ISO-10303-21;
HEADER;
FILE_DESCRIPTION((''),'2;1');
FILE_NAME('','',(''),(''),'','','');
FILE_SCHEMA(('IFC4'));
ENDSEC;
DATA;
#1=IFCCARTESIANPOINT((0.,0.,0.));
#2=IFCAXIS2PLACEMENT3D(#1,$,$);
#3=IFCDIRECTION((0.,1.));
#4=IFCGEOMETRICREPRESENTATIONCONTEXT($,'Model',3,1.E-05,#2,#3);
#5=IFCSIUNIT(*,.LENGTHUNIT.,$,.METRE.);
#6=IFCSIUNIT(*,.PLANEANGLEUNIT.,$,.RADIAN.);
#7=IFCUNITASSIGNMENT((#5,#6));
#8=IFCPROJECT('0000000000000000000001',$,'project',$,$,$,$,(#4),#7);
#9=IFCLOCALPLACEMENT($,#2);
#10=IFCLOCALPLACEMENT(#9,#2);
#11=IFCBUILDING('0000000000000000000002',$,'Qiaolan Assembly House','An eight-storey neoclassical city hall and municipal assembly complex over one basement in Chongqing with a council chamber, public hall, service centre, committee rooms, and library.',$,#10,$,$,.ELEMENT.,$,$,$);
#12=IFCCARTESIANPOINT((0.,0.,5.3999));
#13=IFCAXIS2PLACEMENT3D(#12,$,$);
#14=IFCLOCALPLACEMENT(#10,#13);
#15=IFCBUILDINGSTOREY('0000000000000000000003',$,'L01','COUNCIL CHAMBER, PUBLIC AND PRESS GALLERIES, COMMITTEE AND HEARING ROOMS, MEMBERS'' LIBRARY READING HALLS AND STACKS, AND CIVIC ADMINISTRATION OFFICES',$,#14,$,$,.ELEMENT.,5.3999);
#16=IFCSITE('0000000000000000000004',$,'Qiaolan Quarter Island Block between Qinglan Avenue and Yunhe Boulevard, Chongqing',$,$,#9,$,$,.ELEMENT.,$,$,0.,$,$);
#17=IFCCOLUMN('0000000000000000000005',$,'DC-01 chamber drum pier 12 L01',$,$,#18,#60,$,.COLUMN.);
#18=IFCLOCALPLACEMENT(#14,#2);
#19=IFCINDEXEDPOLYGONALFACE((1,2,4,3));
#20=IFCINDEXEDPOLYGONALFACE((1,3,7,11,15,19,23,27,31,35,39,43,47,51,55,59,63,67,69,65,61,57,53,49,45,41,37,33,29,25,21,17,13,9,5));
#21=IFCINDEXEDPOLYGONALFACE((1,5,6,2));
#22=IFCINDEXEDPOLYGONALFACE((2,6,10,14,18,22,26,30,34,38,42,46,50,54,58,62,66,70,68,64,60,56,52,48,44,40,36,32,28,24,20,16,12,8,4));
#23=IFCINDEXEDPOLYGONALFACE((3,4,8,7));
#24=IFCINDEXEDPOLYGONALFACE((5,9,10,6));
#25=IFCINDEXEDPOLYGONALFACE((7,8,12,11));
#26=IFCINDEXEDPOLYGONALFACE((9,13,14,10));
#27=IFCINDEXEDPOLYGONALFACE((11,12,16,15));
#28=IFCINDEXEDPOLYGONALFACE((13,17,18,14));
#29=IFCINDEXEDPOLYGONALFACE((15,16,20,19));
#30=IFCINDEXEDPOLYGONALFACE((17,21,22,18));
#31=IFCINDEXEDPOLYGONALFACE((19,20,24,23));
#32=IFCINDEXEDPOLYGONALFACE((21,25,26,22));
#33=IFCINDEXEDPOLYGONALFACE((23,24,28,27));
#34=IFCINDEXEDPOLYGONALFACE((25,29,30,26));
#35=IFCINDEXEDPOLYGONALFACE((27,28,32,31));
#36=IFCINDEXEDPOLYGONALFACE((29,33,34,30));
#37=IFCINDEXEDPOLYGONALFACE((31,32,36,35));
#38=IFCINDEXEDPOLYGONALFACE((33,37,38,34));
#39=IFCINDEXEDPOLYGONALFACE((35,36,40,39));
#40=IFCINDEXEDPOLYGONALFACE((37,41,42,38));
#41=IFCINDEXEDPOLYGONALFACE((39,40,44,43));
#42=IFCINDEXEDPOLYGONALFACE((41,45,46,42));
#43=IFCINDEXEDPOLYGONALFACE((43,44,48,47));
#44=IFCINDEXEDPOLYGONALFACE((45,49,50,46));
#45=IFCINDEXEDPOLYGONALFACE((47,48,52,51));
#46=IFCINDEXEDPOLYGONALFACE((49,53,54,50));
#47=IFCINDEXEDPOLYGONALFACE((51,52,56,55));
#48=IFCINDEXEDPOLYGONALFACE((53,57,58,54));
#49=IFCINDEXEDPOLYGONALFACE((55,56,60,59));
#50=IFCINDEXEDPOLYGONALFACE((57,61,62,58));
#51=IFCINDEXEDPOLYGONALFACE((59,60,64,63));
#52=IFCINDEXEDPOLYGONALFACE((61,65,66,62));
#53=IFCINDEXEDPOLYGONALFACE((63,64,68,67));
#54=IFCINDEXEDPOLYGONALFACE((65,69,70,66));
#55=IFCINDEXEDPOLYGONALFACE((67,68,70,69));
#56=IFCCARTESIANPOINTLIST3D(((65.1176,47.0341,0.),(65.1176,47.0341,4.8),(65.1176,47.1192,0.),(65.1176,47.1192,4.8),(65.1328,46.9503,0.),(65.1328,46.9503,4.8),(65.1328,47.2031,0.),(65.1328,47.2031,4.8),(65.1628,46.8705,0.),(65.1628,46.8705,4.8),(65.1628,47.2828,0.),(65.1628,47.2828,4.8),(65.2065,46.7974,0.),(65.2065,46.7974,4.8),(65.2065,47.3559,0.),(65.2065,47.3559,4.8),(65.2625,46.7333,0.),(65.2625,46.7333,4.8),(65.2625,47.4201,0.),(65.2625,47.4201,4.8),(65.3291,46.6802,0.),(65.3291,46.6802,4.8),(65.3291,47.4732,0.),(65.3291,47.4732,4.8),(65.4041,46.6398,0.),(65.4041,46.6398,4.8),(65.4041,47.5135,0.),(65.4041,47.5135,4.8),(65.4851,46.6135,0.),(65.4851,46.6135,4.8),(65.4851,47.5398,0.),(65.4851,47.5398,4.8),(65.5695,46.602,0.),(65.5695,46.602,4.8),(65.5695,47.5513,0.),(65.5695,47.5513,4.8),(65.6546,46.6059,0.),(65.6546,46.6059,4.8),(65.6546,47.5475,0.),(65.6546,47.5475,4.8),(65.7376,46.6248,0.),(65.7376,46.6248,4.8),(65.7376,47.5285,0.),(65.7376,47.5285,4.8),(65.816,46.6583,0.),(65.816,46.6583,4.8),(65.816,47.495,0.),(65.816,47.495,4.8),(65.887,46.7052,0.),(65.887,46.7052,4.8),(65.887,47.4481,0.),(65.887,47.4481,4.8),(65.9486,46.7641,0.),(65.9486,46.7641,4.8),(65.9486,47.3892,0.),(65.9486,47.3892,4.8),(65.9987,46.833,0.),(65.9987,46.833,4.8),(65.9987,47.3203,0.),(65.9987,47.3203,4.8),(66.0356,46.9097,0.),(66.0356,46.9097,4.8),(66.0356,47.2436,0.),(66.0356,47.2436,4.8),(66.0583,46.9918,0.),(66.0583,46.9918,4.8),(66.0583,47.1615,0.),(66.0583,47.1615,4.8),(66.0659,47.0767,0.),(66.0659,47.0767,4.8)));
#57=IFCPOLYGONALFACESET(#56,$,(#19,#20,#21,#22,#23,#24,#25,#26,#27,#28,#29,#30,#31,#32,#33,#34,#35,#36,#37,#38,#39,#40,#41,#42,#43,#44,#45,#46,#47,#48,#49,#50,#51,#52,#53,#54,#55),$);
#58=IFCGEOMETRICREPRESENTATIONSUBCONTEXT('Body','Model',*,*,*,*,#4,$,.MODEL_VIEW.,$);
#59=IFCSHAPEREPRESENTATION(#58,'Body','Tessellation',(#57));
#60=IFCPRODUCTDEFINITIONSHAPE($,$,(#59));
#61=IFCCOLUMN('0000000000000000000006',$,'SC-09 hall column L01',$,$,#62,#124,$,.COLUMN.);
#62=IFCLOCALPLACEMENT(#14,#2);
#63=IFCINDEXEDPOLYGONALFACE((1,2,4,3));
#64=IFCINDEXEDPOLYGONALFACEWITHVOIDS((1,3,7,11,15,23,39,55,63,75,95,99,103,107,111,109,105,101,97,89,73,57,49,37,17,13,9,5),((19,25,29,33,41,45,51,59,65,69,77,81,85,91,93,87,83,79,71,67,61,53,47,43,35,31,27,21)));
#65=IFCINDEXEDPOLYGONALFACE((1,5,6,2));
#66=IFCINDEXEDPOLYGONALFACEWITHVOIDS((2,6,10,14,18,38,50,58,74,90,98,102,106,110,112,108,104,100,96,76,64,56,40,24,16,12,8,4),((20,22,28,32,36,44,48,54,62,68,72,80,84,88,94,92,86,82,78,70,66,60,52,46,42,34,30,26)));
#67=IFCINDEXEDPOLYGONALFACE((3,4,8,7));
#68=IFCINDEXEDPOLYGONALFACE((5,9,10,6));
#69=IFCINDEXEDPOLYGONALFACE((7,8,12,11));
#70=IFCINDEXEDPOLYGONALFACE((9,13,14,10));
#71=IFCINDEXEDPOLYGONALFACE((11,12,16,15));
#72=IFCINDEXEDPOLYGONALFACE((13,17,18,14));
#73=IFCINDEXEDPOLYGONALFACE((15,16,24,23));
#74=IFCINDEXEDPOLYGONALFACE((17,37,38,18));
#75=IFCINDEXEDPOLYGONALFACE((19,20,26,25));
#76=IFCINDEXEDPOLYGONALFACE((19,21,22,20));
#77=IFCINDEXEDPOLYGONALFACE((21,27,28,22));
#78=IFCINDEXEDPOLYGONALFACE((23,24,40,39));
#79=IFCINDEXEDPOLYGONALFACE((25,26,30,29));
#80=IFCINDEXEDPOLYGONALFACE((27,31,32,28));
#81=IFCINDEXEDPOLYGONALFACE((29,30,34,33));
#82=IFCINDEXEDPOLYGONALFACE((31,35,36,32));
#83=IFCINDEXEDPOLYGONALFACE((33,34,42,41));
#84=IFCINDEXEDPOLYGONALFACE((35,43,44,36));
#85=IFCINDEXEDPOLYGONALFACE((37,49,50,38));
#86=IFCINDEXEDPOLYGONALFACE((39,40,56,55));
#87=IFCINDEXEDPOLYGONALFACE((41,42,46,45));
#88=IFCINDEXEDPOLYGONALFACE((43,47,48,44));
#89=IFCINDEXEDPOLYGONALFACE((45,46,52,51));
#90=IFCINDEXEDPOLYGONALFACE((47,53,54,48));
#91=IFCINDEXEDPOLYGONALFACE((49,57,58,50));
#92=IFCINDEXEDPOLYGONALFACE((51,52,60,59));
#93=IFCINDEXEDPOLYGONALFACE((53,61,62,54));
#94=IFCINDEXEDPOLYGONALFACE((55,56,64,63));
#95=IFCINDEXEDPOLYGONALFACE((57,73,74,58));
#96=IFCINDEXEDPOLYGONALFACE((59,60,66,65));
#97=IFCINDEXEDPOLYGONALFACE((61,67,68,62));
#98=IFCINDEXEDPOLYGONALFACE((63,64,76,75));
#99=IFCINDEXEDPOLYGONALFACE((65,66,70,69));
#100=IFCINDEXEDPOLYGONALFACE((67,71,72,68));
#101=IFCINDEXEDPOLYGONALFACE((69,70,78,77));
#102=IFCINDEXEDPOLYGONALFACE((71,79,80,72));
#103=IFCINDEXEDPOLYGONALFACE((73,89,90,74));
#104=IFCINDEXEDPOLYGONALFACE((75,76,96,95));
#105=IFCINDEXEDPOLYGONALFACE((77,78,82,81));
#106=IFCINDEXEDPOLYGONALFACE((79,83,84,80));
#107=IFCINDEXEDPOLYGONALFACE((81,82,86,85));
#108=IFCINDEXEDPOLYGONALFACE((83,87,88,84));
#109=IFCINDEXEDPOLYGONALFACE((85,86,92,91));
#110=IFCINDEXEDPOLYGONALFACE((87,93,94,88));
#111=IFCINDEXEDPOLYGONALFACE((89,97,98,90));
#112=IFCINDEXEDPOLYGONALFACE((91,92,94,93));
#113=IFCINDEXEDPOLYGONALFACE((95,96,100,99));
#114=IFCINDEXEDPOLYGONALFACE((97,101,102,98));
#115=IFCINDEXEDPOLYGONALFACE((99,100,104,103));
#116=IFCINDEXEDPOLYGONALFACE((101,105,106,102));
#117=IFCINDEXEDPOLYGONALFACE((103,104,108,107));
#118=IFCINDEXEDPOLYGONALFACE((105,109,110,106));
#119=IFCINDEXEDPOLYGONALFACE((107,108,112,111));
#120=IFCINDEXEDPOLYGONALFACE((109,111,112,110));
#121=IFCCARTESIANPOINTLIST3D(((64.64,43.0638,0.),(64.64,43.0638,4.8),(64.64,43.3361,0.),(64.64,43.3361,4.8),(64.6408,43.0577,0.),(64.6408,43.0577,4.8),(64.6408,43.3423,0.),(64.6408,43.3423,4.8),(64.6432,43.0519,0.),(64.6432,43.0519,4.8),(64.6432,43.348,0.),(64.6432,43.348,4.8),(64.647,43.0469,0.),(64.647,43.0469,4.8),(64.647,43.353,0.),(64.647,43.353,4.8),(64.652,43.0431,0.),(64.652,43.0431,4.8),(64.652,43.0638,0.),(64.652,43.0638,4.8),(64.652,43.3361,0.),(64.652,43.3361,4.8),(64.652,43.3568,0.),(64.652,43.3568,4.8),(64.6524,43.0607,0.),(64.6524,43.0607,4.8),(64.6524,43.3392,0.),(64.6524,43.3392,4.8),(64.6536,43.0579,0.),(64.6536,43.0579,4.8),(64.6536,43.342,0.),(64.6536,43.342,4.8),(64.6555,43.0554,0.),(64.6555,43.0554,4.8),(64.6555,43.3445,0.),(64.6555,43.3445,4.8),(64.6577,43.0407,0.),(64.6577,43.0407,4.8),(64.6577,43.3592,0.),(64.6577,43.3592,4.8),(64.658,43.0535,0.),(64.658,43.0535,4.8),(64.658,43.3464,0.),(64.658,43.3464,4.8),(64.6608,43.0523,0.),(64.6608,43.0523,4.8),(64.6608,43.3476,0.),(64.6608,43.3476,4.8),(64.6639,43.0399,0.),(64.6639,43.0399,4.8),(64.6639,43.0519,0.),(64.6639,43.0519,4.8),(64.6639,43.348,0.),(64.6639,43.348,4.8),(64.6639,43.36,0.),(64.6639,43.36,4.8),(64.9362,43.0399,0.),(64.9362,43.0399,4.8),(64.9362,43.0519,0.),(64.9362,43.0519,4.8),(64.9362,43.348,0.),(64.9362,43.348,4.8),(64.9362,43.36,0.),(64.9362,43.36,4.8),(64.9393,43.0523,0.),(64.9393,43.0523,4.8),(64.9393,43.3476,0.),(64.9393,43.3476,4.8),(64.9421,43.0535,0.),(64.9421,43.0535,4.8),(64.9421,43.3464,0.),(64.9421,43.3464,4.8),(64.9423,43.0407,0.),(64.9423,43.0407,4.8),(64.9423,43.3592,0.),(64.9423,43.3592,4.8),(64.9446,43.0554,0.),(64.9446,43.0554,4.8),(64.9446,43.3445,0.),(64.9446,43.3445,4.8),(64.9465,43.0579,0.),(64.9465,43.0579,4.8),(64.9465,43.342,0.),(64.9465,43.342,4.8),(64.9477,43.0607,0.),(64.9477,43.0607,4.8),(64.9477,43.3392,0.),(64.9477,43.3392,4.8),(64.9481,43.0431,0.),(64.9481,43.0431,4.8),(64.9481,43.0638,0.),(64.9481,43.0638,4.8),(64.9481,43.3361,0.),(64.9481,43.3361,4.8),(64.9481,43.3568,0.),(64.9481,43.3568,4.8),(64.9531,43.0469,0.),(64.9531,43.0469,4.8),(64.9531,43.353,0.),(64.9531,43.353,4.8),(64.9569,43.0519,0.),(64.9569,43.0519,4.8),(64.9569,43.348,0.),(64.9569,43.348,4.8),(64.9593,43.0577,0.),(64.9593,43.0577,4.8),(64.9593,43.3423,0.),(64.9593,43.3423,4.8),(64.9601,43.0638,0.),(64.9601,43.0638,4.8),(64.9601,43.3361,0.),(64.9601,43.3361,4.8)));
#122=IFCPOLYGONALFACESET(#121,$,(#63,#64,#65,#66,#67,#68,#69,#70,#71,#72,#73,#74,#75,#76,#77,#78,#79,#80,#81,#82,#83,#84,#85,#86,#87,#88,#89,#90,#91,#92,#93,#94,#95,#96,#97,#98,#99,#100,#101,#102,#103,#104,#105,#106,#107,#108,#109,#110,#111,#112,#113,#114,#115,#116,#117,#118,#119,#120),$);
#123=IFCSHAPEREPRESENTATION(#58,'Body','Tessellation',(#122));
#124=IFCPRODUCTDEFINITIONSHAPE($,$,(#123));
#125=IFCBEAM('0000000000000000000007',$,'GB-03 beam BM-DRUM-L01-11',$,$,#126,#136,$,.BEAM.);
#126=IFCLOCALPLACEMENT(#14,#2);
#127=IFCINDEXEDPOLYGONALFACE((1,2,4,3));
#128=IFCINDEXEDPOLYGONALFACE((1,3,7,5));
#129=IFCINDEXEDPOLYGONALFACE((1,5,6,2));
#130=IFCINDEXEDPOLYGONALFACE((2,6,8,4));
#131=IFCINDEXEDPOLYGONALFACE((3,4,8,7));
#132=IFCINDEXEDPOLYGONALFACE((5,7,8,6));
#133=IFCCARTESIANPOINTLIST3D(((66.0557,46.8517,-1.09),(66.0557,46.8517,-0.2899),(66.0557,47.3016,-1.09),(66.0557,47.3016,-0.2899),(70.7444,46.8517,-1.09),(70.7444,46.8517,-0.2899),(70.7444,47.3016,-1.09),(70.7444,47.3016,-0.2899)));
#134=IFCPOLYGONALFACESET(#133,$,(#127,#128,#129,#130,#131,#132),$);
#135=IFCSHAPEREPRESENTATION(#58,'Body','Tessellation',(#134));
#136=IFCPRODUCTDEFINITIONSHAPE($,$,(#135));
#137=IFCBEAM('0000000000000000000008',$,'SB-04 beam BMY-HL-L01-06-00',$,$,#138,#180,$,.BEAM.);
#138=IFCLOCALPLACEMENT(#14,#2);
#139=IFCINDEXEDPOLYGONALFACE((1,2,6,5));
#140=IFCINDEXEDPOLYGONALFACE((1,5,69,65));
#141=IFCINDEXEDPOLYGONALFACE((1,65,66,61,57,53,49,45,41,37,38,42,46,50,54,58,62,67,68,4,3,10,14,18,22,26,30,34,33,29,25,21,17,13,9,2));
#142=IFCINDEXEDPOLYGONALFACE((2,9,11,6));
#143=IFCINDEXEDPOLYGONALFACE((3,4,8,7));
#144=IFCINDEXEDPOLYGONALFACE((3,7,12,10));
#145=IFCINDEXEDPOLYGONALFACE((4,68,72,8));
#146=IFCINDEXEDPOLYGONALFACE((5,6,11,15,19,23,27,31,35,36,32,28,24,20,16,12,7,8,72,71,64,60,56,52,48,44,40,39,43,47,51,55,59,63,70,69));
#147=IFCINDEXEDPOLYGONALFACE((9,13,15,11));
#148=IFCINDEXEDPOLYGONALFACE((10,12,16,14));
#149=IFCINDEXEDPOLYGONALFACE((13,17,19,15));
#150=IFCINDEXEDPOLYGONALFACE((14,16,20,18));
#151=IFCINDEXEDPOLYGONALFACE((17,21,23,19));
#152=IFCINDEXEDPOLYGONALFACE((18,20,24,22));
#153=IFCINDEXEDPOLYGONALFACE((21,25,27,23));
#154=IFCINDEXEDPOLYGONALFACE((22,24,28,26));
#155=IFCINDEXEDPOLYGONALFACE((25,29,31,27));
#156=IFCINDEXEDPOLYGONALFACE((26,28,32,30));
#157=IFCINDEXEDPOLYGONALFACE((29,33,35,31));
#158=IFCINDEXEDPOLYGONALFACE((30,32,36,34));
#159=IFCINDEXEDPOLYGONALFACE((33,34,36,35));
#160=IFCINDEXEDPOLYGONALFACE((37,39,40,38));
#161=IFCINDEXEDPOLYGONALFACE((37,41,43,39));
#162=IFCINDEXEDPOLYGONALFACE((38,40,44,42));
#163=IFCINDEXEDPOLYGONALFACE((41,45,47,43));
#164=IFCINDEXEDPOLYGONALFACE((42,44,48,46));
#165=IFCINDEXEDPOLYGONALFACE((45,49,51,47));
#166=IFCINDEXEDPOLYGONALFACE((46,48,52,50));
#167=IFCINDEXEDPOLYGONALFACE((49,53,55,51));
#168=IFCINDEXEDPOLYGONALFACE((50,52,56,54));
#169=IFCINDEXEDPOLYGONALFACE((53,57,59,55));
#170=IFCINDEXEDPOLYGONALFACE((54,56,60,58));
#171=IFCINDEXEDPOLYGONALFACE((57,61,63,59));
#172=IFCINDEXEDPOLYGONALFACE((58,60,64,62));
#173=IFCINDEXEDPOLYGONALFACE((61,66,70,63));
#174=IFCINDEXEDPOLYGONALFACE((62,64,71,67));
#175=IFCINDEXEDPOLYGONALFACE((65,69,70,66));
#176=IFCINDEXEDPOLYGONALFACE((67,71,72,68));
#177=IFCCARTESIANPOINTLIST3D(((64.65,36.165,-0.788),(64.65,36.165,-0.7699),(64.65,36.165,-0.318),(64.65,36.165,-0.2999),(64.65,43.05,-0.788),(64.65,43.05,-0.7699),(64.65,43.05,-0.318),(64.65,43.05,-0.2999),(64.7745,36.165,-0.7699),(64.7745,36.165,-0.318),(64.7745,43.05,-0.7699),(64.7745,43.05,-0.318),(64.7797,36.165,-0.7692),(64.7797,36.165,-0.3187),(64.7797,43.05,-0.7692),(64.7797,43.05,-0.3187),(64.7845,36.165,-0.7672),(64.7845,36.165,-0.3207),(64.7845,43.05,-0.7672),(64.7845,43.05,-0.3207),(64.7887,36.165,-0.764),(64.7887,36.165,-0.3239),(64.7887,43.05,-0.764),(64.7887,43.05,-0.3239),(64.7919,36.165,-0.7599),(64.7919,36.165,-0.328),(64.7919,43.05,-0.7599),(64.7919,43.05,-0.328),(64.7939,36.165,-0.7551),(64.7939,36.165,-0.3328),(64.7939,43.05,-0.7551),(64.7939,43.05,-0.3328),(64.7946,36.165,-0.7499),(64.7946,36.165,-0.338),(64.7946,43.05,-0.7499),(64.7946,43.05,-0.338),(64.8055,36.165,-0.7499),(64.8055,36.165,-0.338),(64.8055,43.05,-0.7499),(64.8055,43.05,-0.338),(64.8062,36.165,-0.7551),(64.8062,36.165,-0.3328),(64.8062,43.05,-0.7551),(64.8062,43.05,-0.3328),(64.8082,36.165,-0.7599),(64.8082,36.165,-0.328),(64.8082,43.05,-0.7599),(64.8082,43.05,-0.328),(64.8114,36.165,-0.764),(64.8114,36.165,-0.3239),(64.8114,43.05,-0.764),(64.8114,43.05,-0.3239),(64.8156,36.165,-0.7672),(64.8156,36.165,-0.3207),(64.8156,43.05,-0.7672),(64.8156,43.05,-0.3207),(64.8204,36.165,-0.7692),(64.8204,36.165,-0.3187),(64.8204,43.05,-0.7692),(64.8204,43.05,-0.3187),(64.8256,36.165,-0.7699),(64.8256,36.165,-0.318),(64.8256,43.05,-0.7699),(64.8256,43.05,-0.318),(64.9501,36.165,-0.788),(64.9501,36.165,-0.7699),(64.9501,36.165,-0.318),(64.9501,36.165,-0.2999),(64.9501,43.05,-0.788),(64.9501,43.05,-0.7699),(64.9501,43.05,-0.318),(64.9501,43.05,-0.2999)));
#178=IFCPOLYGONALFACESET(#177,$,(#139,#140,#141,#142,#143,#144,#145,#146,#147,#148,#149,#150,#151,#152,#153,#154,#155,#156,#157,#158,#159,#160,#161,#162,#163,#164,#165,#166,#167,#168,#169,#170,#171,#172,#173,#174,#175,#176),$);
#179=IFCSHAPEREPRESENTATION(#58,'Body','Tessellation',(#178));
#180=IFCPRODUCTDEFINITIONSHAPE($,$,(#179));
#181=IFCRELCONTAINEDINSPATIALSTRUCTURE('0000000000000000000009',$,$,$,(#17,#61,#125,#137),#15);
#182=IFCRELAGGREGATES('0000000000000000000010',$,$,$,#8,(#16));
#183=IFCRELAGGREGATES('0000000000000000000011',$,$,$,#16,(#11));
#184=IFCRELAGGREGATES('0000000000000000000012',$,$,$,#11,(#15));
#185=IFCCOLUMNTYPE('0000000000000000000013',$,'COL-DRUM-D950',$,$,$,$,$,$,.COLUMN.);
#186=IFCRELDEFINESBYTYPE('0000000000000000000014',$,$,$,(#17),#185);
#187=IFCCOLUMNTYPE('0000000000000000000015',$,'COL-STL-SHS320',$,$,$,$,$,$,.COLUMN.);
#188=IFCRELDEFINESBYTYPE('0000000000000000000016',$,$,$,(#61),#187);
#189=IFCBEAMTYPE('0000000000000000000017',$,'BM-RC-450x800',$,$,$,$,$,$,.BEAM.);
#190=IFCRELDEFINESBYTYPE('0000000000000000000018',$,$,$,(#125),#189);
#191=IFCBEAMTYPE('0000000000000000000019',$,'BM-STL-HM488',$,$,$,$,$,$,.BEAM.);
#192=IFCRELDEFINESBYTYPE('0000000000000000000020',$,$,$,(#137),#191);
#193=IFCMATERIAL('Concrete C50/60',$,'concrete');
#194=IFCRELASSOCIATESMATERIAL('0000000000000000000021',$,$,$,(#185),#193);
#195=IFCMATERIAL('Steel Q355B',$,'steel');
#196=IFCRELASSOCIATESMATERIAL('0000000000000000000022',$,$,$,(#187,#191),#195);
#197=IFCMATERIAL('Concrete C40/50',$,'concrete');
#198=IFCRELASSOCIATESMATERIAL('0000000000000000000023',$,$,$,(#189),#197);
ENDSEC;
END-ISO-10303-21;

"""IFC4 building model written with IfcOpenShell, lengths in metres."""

from ifc_helpers import new_model, si_unit, direction, frame, origin, origin_2d, place, context, subcontext, project, spatial, rectangle, hollow_rectangle, circle, i_section, extrude, material, material_profile, profile_set, type_object, element, save


model = new_model("IFC4")

# Units and contexts
model_context = context("Model", 3, precision=1e-05, world=origin(), true_north=direction((0.0, 1.0)))
body_context = subcontext(model_context, "Body", "Model", "MODEL_VIEW")
ifc_project = project(units=[si_unit("LENGTHUNIT", "METRE"), si_unit("PLANEANGLEUNIT", "RADIAN")], contexts=[model_context])

# Site, building, storey
site_placement = place(None, origin())
site = spatial("IfcSite", under=ifc_project, at=site_placement, Name="Qiaolan Quarter Island Block between Qinglan Avenue and Yunhe Boulevard, Chongqing", CompositionType="ELEMENT", RefElevation=0.0)
building_placement = place(site_placement, origin())
building = spatial("IfcBuilding", under=site, at=building_placement, Name="Qiaolan Assembly House", Description="An eight-storey neoclassical city hall and municipal assembly complex over one basement in Chongqing with a council chamber, public hall, service centre, committee rooms, and library.", CompositionType="ELEMENT")
storey_placement = place(building_placement, frame((0.0, 0.0, 5.3999)))
storey = spatial("IfcBuildingStorey", under=building, at=storey_placement, Name="L01", Description="COUNCIL CHAMBER, PUBLIC AND PRESS GALLERIES, COMMITTEE AND HEARING ROOMS, MEMBERS' LIBRARY READING HALLS AND STACKS, AND CIVIC ADMINISTRATION OFFICES", CompositionType="ELEMENT", Elevation=5.3999)

# Columns
ifc_material_1 = material(Name="Concrete C50/60", Category="concrete")
ifc_material_profile_1 = material_profile(ifc_material_1, circle(Radius=0.4751, at=origin_2d()), Name="CIRC D950")
ifc_profile_set_1 = profile_set([ifc_material_profile_1], Name="Concrete C50/60")
column_type_1 = type_object("IfcColumnType", Name="COL-DRUM-D950", PredefinedType="COLUMN", material=ifc_profile_set_1)
column_1_placement = place(storey_placement, frame((65.5908, 47.0767, 0.0), z_axis=(0.0, 0.0, 1.0), x_axis=(1.0, 0.0, 0.0)))
element("IfcColumn", 1, at=column_1_placement, inside=storey, type_object=column_type_1, Name="DC-01 chamber drum pier 12 L01", PredefinedType="COLUMN", context=body_context, shape_type="SweptSolid", body=[
    extrude(circle(Radius=0.4751, at=origin_2d()), origin(), (0.0, 0.0, 1.0), 4.8),
])
ifc_material_2 = material(Name="Steel Q355B", Category="steel")
ifc_material_profile_2 = material_profile(ifc_material_2, hollow_rectangle(XDim=0.3201, YDim=0.3201, WallThickness=0.012, InnerFilletRadius=0.012, OuterFilletRadius=0.0239, at=origin_2d()), Name="SHS 320x320x12")
ifc_profile_set_2 = profile_set([ifc_material_profile_2], Name="Steel Q355B")
column_type_2 = type_object("IfcColumnType", Name="COL-STL-SHS320", PredefinedType="COLUMN", material=ifc_profile_set_2)
column_2_placement = place(storey_placement, frame((64.8, 43.2, 0.0), z_axis=(0.0, 0.0, 1.0), x_axis=(1.0, 0.0, 0.0)))
element("IfcColumn", 2, at=column_2_placement, inside=storey, type_object=column_type_2, Name="SC-09 hall column L01", PredefinedType="COLUMN", context=body_context, shape_type="SweptSolid", body=[
    extrude(hollow_rectangle(XDim=0.3201, YDim=0.3201, WallThickness=0.012, InnerFilletRadius=0.012, OuterFilletRadius=0.0239, at=origin_2d()), origin(), (0.0, 0.0, 1.0), 4.8),
])

# Beams
ifc_material_3 = material(Name="Concrete C40/50", Category="concrete")
ifc_material_profile_3 = material_profile(ifc_material_3, rectangle(XDim=0.45, YDim=0.8, at=origin_2d()), Name="RCB 450x800")
ifc_profile_set_3 = profile_set([ifc_material_profile_3], Name="Concrete C40/50")
beam_type_1 = type_object("IfcBeamType", Name="BM-RC-450x800", PredefinedType="BEAM", material=ifc_profile_set_3)
beam_1_placement = place(storey_placement, frame((66.0557, 47.0767, -0.6899), z_axis=(1.0, 0.0, 0.0), x_axis=(0.0, 1.0, 0.0)))
element("IfcBeam", 3, at=beam_1_placement, inside=storey, type_object=beam_type_1, Name="GB-03 beam BM-DRUM-L01-11", PredefinedType="BEAM", context=body_context, shape_type="SweptSolid", body=[
    extrude(rectangle(XDim=0.45, YDim=0.8, at=origin_2d()), origin(), (0.0, 0.0, 1.0), 4.6887),
])
ifc_material_profile_4 = material_profile(ifc_material_2, i_section(OverallWidth=0.3, OverallDepth=0.488, WebThickness=0.011, FlangeThickness=0.0181, FilletRadius=0.02, at=origin_2d()), Name="HM 488x300x11x18")
ifc_profile_set_4 = profile_set([ifc_material_profile_4], Name="Steel Q355B")
beam_type_2 = type_object("IfcBeamType", Name="BM-STL-HM488", PredefinedType="BEAM", material=ifc_profile_set_4)
beam_2_placement = place(storey_placement, frame((64.8, 36.165, -0.5439), z_axis=(0.0, 1.0, 0.0), x_axis=(-1.0, 0.0, 0.0)))
element("IfcBeam", 4, at=beam_2_placement, inside=storey, type_object=beam_type_2, Name="SB-04 beam BMY-HL-L01-06-00", PredefinedType="BEAM", context=body_context, shape_type="SweptSolid", body=[
    extrude(i_section(OverallWidth=0.3, OverallDepth=0.488, WebThickness=0.011, FlangeThickness=0.0181, FilletRadius=0.02, at=origin_2d()), origin(), (0.0, 0.0, 1.0), 6.885),
])

save(model, "model.ifc")
